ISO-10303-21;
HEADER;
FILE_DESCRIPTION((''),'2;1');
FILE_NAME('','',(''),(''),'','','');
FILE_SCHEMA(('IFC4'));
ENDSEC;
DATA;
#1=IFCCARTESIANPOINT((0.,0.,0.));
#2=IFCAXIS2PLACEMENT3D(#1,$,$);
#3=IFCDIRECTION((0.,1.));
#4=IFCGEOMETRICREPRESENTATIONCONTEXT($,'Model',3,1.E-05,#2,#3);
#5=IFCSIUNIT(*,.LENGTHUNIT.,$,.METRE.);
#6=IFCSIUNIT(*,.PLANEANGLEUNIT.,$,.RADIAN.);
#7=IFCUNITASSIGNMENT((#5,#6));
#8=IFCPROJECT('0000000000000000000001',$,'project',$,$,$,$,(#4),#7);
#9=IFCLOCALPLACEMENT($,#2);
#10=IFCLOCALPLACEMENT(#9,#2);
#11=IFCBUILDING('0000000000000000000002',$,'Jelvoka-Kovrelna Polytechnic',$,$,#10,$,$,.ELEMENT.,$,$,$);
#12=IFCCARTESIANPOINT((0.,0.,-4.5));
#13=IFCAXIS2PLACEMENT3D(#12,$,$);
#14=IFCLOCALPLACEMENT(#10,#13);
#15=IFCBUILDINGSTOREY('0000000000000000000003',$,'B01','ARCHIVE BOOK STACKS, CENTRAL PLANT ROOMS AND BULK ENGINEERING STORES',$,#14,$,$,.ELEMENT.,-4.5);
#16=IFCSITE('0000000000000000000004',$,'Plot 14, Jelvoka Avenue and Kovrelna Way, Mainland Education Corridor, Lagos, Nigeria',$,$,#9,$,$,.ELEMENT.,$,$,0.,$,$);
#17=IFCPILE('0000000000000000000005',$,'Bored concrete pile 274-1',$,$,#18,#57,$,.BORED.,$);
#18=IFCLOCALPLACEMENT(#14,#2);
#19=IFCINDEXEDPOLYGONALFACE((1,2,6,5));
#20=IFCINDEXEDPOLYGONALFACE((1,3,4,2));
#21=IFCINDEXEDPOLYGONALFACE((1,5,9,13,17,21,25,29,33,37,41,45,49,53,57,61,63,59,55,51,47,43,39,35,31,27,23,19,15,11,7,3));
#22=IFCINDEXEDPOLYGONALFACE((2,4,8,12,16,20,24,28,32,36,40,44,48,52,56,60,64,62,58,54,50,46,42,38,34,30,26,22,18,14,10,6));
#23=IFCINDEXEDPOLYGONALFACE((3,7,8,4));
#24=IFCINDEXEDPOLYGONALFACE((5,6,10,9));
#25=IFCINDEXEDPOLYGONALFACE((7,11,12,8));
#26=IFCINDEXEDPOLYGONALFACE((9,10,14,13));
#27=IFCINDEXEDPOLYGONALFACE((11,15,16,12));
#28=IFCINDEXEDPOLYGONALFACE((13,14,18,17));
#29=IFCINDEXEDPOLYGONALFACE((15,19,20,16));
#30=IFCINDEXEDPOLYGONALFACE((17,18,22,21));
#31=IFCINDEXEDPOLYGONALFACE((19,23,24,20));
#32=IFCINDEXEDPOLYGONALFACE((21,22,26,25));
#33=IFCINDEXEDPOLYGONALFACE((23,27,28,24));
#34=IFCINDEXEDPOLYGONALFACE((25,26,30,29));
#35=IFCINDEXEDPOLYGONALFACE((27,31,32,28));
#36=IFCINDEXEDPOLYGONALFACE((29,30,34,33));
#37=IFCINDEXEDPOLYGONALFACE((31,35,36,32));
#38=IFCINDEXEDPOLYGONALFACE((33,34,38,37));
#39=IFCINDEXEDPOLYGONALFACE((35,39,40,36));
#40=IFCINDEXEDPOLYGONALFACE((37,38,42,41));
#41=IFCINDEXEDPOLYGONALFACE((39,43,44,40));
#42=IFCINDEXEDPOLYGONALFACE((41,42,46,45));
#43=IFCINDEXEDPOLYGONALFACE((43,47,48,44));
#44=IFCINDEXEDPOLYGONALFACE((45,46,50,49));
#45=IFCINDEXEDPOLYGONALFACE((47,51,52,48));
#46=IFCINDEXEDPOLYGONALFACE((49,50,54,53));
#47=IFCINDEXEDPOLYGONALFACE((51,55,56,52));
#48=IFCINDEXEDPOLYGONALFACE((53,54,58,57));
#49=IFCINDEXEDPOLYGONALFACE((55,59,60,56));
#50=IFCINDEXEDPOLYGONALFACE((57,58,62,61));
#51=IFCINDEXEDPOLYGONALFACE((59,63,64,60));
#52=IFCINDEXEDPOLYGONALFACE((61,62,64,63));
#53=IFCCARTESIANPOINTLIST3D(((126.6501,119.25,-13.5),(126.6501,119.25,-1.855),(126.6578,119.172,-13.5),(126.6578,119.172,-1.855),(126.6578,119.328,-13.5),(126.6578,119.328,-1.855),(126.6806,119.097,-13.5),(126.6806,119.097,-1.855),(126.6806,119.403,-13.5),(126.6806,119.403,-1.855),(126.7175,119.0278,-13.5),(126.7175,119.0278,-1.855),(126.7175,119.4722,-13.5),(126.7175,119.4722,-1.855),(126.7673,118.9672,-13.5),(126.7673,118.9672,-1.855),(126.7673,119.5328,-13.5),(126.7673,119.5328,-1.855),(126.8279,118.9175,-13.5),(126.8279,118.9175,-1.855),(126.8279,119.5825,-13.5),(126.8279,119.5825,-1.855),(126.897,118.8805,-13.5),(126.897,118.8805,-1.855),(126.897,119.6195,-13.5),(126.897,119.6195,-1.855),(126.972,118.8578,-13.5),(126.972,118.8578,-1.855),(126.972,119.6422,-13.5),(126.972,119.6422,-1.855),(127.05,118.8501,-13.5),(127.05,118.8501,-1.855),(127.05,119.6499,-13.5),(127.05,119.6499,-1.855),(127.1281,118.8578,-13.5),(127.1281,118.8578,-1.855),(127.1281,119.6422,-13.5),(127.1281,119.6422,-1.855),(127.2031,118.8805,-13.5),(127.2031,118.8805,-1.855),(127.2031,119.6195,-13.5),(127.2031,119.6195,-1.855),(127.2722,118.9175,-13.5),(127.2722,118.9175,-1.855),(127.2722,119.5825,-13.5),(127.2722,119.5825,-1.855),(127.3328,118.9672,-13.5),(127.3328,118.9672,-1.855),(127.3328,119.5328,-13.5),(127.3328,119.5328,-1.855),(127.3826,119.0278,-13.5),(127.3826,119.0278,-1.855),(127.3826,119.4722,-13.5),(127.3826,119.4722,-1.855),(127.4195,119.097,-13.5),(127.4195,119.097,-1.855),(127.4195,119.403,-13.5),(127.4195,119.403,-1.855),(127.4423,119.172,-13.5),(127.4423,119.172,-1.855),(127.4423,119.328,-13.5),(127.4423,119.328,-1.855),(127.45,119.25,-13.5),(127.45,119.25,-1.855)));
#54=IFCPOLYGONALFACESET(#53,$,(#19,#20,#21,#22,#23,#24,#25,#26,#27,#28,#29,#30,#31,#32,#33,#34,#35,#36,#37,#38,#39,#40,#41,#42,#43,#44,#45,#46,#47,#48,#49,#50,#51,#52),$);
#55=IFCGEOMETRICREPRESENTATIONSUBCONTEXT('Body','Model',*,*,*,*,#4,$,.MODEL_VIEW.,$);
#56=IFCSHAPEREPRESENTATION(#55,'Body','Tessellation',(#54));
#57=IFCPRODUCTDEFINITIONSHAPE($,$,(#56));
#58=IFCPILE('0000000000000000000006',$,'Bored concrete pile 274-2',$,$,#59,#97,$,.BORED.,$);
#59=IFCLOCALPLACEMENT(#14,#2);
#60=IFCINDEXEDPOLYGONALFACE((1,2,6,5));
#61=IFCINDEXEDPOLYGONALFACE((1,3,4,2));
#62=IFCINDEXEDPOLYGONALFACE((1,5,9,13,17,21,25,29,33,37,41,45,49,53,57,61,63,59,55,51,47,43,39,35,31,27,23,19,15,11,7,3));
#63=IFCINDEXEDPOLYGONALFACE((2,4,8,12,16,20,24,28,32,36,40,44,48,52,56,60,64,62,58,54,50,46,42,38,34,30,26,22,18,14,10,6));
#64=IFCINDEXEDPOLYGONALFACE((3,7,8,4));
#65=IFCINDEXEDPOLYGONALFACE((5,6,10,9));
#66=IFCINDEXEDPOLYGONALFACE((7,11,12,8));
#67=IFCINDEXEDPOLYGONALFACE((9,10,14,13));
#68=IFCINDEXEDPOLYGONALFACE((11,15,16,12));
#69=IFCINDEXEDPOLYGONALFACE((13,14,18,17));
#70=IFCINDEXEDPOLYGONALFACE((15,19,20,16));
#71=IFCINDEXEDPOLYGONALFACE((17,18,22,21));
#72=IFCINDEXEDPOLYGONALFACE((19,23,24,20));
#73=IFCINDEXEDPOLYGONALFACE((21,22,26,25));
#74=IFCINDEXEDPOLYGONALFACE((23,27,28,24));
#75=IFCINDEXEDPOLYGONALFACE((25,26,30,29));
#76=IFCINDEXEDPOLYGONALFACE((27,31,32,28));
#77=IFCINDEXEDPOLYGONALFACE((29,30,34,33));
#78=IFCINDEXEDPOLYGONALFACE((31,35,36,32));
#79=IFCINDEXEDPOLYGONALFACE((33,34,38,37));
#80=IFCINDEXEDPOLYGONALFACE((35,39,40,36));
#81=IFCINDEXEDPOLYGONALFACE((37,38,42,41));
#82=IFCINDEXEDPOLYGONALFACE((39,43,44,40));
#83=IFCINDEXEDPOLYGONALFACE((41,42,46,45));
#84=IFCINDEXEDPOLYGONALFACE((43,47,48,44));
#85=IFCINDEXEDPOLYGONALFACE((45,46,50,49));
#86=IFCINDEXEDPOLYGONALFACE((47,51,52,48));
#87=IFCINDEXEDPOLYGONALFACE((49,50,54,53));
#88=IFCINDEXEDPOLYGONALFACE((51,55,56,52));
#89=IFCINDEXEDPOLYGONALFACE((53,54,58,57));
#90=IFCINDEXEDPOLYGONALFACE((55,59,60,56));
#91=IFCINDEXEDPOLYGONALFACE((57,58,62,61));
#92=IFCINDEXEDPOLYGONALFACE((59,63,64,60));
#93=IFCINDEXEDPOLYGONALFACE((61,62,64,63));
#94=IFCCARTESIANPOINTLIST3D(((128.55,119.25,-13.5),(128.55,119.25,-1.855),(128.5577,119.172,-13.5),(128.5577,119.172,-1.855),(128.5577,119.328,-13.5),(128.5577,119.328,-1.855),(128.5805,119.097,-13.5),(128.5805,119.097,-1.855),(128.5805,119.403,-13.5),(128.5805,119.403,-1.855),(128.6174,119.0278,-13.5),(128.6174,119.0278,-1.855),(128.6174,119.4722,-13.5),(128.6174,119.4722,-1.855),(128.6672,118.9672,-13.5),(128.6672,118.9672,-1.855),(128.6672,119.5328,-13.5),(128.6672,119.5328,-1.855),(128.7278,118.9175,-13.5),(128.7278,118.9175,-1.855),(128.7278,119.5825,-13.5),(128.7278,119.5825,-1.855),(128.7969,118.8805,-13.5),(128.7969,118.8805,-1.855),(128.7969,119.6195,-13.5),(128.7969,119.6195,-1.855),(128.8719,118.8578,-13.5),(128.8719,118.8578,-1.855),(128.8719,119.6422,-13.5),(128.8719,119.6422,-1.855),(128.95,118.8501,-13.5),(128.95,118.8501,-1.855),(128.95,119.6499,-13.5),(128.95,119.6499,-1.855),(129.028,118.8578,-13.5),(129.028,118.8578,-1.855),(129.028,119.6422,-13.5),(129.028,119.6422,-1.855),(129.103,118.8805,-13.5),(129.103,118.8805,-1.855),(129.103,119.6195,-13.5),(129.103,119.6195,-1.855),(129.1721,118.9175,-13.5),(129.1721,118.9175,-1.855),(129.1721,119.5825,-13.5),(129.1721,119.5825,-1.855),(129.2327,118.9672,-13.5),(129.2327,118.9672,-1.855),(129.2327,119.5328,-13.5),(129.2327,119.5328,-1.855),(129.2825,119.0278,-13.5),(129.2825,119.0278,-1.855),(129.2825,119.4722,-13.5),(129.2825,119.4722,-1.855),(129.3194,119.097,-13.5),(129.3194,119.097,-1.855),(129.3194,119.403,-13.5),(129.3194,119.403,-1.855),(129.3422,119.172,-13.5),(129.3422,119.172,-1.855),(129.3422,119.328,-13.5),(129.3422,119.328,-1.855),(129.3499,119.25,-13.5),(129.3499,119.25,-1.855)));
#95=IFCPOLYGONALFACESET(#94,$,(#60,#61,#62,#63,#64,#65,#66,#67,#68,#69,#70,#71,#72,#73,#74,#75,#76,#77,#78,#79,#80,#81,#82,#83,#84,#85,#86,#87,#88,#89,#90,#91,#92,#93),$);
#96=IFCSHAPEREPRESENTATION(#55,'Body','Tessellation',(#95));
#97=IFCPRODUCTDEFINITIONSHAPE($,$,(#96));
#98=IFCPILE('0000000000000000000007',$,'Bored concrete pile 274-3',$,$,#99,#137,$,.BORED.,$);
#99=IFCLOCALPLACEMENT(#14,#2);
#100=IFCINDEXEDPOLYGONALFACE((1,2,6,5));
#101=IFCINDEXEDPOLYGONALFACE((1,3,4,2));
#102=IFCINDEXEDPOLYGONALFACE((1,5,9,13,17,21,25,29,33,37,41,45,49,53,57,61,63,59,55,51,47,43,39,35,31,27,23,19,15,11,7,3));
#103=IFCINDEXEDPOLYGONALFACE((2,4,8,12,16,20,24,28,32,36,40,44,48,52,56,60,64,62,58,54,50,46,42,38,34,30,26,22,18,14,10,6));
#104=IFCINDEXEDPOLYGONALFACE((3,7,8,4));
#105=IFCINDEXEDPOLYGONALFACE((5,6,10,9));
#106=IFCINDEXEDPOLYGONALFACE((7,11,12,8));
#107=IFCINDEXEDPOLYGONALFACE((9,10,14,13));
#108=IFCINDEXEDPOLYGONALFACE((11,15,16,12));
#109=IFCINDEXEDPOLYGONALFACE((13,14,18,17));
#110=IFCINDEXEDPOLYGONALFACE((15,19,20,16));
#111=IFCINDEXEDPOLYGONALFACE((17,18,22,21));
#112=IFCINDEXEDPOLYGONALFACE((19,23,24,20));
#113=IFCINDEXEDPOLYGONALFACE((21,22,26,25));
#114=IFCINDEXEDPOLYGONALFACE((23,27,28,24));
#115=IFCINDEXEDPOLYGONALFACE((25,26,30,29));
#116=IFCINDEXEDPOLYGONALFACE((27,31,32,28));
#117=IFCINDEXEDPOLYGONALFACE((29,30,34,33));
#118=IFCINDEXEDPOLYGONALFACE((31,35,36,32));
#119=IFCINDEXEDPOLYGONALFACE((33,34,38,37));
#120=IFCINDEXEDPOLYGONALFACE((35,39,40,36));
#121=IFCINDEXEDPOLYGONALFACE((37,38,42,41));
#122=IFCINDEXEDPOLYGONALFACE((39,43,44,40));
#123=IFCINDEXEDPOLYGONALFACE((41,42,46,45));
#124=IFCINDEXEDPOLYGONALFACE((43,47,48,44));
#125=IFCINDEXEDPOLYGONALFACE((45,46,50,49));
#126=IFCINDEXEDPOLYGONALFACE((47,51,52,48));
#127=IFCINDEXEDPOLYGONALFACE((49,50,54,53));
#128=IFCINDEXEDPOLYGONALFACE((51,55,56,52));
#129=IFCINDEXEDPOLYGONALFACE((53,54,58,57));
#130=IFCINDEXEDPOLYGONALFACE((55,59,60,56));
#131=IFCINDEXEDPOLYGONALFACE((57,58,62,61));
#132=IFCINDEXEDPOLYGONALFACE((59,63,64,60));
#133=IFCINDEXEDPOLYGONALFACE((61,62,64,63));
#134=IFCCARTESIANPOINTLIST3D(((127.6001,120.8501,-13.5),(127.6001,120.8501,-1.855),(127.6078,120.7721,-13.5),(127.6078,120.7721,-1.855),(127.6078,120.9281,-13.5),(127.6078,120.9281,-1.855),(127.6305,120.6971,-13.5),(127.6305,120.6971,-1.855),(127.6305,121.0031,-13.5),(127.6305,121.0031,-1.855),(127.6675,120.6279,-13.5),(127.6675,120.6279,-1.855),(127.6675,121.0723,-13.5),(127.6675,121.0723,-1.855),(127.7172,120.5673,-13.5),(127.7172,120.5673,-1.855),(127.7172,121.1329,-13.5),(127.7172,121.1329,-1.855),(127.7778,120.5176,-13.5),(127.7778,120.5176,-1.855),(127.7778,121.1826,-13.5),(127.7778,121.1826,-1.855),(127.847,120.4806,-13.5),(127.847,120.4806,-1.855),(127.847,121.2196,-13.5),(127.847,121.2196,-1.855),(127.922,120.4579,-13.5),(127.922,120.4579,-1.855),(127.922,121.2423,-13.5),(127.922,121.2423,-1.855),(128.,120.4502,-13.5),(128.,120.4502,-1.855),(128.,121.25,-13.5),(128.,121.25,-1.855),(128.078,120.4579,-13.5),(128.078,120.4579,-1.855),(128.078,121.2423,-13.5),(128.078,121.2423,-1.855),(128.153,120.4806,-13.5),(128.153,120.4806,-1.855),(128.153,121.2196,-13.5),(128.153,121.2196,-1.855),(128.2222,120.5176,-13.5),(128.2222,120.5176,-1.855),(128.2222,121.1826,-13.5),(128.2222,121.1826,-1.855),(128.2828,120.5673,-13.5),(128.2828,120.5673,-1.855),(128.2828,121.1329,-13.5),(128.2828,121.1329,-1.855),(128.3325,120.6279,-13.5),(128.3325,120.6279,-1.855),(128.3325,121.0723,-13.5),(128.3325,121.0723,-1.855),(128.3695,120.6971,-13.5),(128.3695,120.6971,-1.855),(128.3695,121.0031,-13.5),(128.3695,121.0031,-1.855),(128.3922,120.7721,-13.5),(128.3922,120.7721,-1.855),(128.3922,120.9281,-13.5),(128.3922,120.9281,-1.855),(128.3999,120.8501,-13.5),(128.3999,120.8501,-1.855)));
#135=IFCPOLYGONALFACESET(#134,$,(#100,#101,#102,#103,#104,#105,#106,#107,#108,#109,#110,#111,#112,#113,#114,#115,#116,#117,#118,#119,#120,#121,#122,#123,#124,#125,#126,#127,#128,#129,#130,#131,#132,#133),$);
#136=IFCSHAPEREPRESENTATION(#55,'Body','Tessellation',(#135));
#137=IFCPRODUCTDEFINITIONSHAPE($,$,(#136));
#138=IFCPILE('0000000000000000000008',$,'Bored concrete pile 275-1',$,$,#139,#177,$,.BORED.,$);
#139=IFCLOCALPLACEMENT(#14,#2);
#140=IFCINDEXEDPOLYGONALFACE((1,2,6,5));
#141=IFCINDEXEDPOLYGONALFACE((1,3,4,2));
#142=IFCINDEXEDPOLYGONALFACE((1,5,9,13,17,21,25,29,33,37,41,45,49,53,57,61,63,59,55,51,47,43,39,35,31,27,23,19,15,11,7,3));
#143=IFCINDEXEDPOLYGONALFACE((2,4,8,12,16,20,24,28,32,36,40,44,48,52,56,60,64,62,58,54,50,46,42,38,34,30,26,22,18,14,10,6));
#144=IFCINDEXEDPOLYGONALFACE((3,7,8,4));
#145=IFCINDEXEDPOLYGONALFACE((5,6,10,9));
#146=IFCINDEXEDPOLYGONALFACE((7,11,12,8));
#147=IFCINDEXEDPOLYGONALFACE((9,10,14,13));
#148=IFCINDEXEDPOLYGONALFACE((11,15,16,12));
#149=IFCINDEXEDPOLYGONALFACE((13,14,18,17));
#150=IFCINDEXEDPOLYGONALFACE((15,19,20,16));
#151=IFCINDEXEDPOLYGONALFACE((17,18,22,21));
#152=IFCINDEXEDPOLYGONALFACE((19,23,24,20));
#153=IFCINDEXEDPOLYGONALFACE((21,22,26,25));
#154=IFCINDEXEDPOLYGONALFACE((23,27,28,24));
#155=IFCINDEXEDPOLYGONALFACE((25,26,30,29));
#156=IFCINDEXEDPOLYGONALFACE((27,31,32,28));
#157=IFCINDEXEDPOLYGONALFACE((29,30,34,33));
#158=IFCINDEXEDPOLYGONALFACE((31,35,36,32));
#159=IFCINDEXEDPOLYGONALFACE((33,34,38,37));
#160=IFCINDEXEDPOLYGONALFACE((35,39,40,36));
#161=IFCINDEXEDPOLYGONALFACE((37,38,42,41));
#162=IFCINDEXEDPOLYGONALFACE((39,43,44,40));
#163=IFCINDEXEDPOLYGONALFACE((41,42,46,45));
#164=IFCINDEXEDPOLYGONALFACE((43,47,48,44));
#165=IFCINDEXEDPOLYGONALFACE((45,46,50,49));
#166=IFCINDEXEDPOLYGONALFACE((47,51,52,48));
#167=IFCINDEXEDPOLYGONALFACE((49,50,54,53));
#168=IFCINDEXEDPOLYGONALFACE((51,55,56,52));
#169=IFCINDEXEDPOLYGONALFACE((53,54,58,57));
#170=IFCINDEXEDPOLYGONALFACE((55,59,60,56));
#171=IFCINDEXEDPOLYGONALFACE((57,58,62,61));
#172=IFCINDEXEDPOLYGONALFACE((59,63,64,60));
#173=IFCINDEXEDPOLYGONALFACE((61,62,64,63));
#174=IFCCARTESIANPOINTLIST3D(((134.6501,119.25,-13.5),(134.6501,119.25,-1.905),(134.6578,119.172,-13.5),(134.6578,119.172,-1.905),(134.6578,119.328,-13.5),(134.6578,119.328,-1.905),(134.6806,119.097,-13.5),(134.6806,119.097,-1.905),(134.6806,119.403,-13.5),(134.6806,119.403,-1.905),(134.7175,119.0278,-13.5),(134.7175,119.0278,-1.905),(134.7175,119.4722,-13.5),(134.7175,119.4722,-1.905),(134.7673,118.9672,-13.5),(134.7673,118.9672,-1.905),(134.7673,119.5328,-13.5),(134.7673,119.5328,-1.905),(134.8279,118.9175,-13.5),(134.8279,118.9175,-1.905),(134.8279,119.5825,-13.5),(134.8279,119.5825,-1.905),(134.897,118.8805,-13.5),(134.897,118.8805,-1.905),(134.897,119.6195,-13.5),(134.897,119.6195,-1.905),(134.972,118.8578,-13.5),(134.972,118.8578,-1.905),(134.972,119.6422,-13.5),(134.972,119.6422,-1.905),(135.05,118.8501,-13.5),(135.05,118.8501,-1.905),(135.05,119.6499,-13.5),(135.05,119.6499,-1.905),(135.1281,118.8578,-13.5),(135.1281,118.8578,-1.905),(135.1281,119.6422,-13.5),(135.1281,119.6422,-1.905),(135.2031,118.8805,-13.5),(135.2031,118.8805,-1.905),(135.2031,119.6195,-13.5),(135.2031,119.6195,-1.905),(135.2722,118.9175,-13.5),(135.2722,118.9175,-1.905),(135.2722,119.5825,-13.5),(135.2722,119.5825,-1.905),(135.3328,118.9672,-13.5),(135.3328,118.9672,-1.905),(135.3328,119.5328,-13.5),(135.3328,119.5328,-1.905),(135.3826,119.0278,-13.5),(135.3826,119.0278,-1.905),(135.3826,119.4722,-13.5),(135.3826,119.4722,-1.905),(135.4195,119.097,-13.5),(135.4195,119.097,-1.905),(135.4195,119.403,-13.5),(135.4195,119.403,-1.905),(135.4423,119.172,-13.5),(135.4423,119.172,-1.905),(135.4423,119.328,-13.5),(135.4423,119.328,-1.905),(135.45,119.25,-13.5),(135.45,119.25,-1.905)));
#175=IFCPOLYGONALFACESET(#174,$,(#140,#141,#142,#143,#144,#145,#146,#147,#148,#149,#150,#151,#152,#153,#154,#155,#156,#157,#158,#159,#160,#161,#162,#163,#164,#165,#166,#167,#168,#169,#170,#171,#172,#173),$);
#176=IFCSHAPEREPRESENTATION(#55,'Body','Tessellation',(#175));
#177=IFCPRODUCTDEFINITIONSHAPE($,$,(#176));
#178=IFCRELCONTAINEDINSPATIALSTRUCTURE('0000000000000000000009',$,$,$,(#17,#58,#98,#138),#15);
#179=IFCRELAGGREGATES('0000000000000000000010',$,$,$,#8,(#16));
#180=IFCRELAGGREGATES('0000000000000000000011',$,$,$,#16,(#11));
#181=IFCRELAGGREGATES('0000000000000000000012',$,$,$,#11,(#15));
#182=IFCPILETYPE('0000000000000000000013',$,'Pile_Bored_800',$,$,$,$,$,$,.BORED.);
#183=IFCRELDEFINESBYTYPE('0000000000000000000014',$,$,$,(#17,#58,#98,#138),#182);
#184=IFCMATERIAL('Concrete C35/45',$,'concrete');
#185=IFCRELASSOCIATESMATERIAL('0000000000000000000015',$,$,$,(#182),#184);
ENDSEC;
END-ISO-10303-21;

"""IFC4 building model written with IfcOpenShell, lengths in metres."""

from ifc_helpers import new_model, si_unit, direction, frame, origin, origin_2d, place, context, subcontext, project, spatial, circle, extrude, material, material_profile, profile_set, type_object, element, save


model = new_model("IFC4")

# Units and contexts
model_context = context("Model", 3, precision=1e-05, world=origin(), true_north=direction((0.0, 1.0)))
body_context = subcontext(model_context, "Body", "Model", "MODEL_VIEW")
ifc_project = project(units=[si_unit("LENGTHUNIT", "METRE"), si_unit("PLANEANGLEUNIT", "RADIAN")], contexts=[model_context])

# Site, building, storey
site_placement = place(None, origin())
site = spatial("IfcSite", under=ifc_project, at=site_placement, Name="Plot 14, Jelvoka Avenue and Kovrelna Way, Mainland Education Corridor, Lagos, Nigeria", CompositionType="ELEMENT", RefElevation=0.0)
building_placement = place(site_placement, origin())
building = spatial("IfcBuilding", under=site, at=building_placement, Name="Jelvoka-Kovrelna Polytechnic", CompositionType="ELEMENT")
storey_placement = place(building_placement, frame((0.0, 0.0, -4.5)))
storey = spatial("IfcBuildingStorey", under=building, at=storey_placement, Name="B01", Description="ARCHIVE BOOK STACKS, CENTRAL PLANT ROOMS AND BULK ENGINEERING STORES", CompositionType="ELEMENT", Elevation=-4.5)

# Piles
ifc_material_1 = material(Name="Concrete C35/45", Category="concrete")
ifc_material_profile_1 = material_profile(ifc_material_1, circle(Radius=0.3999, at=origin_2d()), Name="PILE D800")
ifc_profile_set_1 = profile_set([ifc_material_profile_1], Name="Concrete C35/45")
pile_type_1 = type_object("IfcPileType", Name="Pile_Bored_800", PredefinedType="BORED", material=ifc_profile_set_1)
for number, where, z_axis, x_axis, name in (
    (1, (127.05, 119.25, -1.855), (0.0, 0.0, -1.0), (1.0, 0.0, 0.0), "Bored concrete pile 274-1"),
    (2, (128.95, 119.25, -1.855), (0.0, 0.0, -1.0), (1.0, 0.0, 0.0), "Bored concrete pile 274-2"),
    (3, (128.0, 120.8501, -1.855), (0.0, 0.0, -1.0), (1.0, 0.0, 0.0), "Bored concrete pile 274-3"),
):
    element("IfcPile", number, at=place(storey_placement, frame(where, z_axis=z_axis, x_axis=x_axis)), inside=storey, type_object=pile_type_1, Name=name, PredefinedType="BORED", context=body_context, shape_type="SweptSolid", body=[
        extrude(circle(Radius=0.3999, at=origin_2d()), origin(), (0.0, 0.0, 1.0), 11.645),
    ])
pile_1_placement = place(storey_placement, frame((135.05, 119.25, -1.905), z_axis=(0.0, 0.0, -1.0), x_axis=(1.0, 0.0, 0.0)))
element("IfcPile", 4, at=pile_1_placement, inside=storey, type_object=pile_type_1, Name="Bored concrete pile 275-1", PredefinedType="BORED", context=body_context, shape_type="SweptSolid", body=[
    extrude(circle(Radius=0.3999, at=origin_2d()), origin(), (0.0, 0.0, 1.0), 11.595),
])

save(model, "model.ifc")
